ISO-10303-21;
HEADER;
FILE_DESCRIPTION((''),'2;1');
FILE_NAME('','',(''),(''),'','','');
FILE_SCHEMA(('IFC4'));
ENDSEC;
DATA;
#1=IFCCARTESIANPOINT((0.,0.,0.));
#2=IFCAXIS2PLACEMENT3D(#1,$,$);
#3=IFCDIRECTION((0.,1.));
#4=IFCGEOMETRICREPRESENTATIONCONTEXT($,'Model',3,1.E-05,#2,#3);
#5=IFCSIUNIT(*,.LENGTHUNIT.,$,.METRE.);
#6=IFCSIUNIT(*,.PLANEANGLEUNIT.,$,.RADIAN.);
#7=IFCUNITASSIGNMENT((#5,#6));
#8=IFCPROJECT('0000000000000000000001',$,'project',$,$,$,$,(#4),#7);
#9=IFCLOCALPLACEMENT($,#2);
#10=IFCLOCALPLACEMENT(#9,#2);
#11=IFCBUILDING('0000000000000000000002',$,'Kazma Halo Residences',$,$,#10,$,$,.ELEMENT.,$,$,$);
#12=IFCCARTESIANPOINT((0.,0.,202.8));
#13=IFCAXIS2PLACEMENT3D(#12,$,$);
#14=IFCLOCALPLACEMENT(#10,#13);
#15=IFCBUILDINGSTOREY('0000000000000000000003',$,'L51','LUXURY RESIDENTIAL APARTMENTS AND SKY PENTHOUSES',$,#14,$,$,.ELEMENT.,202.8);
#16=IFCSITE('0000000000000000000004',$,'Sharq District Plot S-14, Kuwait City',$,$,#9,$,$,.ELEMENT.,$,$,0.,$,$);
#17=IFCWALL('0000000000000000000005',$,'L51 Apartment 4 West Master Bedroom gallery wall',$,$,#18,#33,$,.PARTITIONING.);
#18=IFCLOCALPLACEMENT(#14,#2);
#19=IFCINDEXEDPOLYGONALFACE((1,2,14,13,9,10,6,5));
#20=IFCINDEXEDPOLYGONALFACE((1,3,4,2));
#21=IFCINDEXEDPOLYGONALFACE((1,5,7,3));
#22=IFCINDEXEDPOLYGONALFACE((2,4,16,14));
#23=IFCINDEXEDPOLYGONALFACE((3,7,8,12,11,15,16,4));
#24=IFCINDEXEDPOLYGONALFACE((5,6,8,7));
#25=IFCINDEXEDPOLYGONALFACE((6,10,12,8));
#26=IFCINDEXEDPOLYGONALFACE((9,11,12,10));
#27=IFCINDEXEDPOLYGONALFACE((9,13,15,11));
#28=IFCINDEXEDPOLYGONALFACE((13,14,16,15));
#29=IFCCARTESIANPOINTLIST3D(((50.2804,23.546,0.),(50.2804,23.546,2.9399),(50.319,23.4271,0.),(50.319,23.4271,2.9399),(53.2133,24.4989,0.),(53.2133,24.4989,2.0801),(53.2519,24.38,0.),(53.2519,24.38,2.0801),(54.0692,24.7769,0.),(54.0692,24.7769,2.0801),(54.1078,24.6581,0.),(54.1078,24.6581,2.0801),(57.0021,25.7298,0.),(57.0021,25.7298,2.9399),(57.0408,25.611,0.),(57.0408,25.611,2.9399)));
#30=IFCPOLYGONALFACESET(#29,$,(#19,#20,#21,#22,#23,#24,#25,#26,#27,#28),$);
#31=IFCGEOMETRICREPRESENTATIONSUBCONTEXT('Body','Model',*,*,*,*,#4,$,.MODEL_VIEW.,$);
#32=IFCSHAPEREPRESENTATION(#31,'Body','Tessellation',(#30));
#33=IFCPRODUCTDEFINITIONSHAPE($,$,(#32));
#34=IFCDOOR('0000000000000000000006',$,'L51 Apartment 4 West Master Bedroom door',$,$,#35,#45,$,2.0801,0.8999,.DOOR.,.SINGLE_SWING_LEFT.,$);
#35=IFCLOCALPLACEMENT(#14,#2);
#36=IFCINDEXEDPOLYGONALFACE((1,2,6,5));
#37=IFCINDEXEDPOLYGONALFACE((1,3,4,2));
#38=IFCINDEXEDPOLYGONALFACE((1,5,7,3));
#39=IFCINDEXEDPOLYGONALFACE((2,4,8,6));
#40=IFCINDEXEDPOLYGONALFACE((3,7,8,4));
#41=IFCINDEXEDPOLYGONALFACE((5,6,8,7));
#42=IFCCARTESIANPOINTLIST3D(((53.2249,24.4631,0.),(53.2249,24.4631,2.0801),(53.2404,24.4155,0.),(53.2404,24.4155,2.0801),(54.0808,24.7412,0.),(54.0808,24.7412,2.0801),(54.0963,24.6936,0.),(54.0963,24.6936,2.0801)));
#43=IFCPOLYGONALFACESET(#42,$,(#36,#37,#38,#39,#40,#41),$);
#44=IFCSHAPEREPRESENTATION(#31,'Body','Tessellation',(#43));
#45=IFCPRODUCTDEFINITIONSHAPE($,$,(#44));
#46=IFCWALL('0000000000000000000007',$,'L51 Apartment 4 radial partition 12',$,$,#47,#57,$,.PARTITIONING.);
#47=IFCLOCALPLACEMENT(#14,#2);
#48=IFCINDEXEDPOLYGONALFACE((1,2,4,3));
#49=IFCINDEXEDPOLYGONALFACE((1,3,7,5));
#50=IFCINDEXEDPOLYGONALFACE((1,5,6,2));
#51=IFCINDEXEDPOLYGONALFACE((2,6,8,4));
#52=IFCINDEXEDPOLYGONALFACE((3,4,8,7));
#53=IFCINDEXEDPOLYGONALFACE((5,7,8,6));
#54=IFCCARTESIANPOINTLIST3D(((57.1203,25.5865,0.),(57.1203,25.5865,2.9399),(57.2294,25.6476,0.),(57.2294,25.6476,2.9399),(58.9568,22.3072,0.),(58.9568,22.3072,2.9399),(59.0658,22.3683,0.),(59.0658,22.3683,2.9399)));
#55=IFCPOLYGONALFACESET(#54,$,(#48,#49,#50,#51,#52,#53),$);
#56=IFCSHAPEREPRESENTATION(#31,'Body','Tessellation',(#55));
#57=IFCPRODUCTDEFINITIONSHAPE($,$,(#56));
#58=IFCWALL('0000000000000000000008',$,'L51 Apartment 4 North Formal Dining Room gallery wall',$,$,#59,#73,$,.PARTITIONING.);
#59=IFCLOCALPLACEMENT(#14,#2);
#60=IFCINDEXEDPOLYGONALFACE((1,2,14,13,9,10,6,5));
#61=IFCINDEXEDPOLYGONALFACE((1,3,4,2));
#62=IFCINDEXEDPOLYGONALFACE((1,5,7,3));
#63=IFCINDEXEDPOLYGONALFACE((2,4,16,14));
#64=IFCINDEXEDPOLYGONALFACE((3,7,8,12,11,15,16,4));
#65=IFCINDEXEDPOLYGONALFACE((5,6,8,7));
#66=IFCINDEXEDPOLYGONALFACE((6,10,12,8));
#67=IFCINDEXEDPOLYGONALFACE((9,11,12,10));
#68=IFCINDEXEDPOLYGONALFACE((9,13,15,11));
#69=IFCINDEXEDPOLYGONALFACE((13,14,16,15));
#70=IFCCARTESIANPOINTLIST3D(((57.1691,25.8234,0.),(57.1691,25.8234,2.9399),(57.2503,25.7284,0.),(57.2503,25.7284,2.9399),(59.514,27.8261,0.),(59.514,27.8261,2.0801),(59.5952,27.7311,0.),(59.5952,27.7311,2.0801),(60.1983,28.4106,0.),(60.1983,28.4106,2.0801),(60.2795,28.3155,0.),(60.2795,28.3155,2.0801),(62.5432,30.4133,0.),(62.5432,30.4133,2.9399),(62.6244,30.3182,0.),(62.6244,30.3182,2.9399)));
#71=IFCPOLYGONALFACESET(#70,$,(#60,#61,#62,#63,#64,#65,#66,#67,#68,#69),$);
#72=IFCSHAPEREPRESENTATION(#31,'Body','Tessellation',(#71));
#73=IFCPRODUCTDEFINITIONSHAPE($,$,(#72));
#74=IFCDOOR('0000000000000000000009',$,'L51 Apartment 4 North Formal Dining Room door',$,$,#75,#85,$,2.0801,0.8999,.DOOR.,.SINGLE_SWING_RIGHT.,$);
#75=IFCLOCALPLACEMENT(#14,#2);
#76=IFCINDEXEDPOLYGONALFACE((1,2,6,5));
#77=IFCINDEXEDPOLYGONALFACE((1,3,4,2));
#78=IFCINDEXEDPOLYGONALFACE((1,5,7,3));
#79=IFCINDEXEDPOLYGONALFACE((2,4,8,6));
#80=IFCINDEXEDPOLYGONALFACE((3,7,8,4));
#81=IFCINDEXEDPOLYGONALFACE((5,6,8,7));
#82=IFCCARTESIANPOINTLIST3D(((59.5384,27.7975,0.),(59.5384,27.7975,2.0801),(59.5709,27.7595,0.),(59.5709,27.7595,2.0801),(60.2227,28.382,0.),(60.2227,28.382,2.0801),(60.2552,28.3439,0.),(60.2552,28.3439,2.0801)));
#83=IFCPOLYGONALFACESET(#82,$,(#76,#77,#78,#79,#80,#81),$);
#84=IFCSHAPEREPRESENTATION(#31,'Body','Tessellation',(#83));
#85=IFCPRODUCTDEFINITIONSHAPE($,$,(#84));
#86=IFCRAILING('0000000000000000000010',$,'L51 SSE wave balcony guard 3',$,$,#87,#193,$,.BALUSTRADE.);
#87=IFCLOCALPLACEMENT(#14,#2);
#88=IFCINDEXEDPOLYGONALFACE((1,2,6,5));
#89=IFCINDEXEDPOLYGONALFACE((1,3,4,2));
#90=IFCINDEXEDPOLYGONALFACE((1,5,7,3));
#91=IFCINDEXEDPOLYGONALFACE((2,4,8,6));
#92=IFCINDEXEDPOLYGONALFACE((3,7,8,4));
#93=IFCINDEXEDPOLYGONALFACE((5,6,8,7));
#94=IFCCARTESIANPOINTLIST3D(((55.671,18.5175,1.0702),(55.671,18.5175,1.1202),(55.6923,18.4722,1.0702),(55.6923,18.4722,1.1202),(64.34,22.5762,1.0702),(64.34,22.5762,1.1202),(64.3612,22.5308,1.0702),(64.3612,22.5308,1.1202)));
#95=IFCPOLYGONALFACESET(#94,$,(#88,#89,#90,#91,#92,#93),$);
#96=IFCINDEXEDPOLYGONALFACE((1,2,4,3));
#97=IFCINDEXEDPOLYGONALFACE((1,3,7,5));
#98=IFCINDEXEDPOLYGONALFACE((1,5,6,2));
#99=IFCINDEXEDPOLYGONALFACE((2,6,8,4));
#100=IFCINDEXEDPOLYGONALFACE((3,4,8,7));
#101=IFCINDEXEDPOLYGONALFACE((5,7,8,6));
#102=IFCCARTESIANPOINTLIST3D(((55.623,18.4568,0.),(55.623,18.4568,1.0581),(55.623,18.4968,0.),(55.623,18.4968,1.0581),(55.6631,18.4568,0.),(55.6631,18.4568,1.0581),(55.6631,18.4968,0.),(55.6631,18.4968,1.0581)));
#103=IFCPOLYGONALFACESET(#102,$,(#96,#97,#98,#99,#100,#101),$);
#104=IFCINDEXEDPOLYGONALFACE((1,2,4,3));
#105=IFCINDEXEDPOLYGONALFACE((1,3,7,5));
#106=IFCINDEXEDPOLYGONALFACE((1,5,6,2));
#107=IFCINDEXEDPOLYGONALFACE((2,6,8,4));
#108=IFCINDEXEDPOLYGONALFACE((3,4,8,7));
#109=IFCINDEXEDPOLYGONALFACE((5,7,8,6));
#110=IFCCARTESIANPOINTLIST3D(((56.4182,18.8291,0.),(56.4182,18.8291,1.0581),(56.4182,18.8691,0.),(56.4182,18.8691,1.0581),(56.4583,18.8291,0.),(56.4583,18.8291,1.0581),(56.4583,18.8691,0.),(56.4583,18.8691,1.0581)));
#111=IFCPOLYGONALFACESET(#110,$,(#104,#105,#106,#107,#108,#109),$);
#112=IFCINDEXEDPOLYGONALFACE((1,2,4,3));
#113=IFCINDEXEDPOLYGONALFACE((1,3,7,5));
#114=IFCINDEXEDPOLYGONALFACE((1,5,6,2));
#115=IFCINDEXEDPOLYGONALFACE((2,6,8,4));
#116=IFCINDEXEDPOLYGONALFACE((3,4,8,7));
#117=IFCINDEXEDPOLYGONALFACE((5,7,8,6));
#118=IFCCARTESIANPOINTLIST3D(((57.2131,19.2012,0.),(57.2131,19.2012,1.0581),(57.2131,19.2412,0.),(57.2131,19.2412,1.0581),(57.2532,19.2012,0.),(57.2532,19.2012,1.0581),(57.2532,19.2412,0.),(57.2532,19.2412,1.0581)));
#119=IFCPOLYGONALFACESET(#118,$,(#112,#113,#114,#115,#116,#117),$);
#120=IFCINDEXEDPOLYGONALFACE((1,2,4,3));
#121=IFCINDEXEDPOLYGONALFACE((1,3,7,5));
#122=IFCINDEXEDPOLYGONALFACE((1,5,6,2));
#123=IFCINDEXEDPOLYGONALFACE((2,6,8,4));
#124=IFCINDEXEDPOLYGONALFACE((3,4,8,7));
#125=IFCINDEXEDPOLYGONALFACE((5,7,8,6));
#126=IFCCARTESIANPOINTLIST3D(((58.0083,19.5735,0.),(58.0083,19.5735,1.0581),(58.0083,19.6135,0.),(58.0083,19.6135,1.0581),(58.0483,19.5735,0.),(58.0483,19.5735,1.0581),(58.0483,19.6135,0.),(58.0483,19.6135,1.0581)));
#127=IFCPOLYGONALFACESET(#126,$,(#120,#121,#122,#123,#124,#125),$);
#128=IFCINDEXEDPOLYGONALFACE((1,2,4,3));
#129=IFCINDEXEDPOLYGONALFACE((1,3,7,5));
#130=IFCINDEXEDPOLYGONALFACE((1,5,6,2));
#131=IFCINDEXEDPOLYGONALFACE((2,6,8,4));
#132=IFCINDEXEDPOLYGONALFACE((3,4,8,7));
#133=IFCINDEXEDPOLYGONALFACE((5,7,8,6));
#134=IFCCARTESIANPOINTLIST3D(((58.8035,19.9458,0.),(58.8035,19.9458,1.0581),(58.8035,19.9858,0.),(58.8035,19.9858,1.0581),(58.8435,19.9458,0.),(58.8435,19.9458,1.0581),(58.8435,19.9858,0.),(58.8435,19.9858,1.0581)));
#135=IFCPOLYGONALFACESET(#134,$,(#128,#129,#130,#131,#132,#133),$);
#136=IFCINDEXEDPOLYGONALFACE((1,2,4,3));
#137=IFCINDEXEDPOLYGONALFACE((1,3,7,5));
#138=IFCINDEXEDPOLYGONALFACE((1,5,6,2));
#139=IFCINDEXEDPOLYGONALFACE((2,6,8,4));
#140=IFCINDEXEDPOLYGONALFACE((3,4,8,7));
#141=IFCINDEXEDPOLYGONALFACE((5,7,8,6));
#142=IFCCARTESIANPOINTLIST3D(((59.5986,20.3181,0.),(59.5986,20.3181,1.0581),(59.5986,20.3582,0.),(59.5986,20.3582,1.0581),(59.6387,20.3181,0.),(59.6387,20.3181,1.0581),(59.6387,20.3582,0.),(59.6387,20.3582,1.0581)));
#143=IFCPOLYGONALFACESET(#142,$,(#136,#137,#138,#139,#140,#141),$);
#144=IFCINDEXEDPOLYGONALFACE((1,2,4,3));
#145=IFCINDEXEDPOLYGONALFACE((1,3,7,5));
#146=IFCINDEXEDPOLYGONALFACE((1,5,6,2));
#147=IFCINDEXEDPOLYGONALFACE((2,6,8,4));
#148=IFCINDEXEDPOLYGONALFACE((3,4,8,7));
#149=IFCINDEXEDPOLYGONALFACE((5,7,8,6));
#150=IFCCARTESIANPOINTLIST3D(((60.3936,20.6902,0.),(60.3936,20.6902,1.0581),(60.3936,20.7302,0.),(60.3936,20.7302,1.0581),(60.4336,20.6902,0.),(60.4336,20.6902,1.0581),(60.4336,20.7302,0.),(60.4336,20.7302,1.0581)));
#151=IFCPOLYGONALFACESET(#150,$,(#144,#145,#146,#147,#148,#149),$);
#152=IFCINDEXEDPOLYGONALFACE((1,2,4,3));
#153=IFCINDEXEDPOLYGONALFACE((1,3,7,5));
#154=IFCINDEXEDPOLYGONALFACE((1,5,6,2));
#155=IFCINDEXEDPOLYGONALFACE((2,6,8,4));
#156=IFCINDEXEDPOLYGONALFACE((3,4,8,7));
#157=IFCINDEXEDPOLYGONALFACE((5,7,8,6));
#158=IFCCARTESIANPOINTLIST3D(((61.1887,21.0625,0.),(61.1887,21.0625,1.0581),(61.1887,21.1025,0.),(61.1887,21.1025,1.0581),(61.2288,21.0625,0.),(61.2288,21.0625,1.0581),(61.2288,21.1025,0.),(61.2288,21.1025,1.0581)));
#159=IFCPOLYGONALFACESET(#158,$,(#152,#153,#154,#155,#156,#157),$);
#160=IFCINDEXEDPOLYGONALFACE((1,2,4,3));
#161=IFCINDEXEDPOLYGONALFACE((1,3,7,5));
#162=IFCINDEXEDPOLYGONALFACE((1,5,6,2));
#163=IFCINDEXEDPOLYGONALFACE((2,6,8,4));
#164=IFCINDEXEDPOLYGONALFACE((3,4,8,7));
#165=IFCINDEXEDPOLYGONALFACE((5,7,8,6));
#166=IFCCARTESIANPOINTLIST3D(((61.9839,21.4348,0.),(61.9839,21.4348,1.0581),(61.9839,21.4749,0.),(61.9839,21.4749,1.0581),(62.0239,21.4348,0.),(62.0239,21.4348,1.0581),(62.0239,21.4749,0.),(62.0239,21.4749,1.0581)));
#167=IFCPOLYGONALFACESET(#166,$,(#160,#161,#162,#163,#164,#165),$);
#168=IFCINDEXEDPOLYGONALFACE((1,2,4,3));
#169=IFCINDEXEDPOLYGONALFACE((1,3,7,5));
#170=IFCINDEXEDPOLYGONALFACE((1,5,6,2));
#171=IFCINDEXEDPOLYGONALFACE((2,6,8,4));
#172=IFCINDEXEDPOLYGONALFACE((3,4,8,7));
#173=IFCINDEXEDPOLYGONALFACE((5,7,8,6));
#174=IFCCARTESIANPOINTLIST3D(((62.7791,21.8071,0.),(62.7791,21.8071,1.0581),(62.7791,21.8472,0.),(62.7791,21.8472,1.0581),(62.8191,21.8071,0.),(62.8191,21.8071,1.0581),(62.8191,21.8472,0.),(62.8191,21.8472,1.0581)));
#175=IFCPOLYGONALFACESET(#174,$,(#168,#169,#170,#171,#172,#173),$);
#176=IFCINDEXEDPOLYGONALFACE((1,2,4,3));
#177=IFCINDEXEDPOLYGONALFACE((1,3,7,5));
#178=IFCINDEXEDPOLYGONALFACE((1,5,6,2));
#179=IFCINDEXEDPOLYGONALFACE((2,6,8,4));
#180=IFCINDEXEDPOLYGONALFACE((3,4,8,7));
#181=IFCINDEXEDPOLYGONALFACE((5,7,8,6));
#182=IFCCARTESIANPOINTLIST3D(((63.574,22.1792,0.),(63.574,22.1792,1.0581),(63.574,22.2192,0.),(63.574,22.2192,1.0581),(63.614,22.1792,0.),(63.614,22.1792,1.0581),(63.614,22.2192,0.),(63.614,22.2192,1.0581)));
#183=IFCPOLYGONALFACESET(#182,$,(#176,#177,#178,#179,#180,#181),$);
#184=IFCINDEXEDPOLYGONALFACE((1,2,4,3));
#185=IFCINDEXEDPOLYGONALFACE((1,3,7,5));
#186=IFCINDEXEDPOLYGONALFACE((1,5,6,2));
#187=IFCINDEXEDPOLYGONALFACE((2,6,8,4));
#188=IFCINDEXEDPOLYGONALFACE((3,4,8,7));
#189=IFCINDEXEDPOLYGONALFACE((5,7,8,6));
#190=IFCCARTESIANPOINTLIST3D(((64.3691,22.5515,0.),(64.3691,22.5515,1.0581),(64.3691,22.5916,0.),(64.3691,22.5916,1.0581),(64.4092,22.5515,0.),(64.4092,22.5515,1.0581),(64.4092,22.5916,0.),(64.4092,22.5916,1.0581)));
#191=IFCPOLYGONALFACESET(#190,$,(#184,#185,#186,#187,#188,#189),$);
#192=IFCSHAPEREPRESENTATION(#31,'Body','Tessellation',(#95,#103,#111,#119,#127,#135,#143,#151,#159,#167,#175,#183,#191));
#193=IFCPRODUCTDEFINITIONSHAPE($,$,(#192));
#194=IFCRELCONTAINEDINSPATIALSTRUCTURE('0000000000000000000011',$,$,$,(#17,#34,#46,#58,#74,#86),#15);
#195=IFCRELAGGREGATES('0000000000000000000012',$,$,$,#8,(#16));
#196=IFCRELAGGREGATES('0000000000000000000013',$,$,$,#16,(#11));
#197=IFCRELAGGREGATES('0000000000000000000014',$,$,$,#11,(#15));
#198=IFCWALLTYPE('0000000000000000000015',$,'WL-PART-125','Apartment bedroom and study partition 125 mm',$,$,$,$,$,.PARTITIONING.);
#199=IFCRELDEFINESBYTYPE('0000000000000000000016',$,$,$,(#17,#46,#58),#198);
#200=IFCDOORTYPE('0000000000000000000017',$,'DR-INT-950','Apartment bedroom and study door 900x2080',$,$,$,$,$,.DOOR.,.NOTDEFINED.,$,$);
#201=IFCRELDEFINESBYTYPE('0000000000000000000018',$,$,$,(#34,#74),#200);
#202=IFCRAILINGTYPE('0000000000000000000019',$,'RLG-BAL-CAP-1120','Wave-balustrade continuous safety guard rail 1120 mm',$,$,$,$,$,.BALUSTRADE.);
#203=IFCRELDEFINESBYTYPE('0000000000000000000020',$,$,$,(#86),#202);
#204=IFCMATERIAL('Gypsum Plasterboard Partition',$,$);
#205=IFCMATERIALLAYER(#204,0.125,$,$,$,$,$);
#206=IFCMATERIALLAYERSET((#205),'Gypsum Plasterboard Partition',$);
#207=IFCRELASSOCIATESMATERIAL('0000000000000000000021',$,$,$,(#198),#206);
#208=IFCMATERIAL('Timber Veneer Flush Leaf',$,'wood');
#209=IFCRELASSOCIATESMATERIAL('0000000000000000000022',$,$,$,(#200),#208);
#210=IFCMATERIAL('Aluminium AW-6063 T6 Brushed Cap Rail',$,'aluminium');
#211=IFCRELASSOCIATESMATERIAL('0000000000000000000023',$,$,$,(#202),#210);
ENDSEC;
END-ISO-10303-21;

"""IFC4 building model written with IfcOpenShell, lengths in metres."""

from ifc_helpers import new_model, si_unit, direction, frame, frame_2d, origin, origin_2d, place, context, subcontext, project, spatial, rectangle, extrude, material, layer, layer_set, type_object, element, fill, save


model = new_model("IFC4")

# Units and contexts
model_context = context("Model", 3, precision=1e-05, world=origin(), true_north=direction((0.0, 1.0)))
body_context = subcontext(model_context, "Body", "Model", "MODEL_VIEW")
ifc_project = project(units=[si_unit("LENGTHUNIT", "METRE"), si_unit("PLANEANGLEUNIT", "RADIAN")], contexts=[model_context])

# Site, building, storey
site_placement = place(None, origin())
site = spatial("IfcSite", under=ifc_project, at=site_placement, Name="Sharq District Plot S-14, Kuwait City", CompositionType="ELEMENT", RefElevation=0.0)
building_placement = place(site_placement, origin())
building = spatial("IfcBuilding", under=site, at=building_placement, Name="Kazma Halo Residences", CompositionType="ELEMENT")
storey_placement = place(building_placement, frame((0.0, 0.0, 202.8)))
storey = spatial("IfcBuildingStorey", under=building, at=storey_placement, Name="L51", Description="LUXURY RESIDENTIAL APARTMENTS AND SKY PENTHOUSES", CompositionType="ELEMENT", Elevation=202.8)

# Shared definitions
ifc_material_1 = material(Name="Gypsum Plasterboard Partition")
ifc_layer_1 = layer(ifc_material_1, 0.125)
ifc_layer_set_1 = layer_set([ifc_layer_1], Name="Gypsum Plasterboard Partition")
wall_type_1 = type_object("IfcWallType", Name="WL-PART-125", Description="Apartment bedroom and study partition 125 mm", PredefinedType="PARTITIONING", material=ifc_layer_set_1)

# Wall, opening, door
wall_1_placement = place(storey_placement, frame((50.2998, 23.4866, 0.0), z_axis=(0.0, 0.0, 1.0), x_axis=(0.951064, 0.308995, 0.0)))
wall_1 = element("IfcWall", 1, at=wall_1_placement, inside=storey, type_object=wall_type_1, Name="L51 Apartment 4 West Master Bedroom gallery wall", PredefinedType="PARTITIONING", context=body_context, shape_type="SweptSolid", body=[
    extrude(rectangle(XDim=7.0676, YDim=0.125, at=frame_2d((3.5337, 0.0))), origin(), (0.0, 0.0, 1.0), 2.9399),
])
opening_1_placement = place(wall_1_placement, frame((3.0837, 0.0, 0.0)))
opening_1 = element("IfcOpeningElement", 2, at=opening_1_placement, cuts=wall_1, PredefinedType="OPENING", context=body_context, shape_type="SweptSolid", body=[
    extrude(rectangle(XDim=0.8999, YDim=2.0801, at=frame_2d((0.45, 1.04))), frame((0.0, 0.0725, 0.0), z_axis=(0.0, -1.0, 0.0), x_axis=(1.0, 0.0, 0.0)), (0.0, 0.0, 1.0), 0.145),
])
ifc_material_2 = material(Name="Timber Veneer Flush Leaf", Category="wood")
door_type_1 = type_object("IfcDoorType", Name="DR-INT-950", Description="Apartment bedroom and study door 900x2080", OperationType="NOTDEFINED", PredefinedType="DOOR", material=ifc_material_2)
door_1_placement = place(opening_1_placement, origin())
door_1 = element("IfcDoor", 3, at=door_1_placement, inside=storey, type_object=door_type_1, Name="L51 Apartment 4 West Master Bedroom door", OperationType="SINGLE_SWING_LEFT", OverallHeight=2.0801, OverallWidth=0.8999, PredefinedType="DOOR", context=body_context, shape_type="SweptSolid", body=[
    extrude(rectangle(XDim=0.8999, YDim=2.0801, at=frame_2d((0.45, 1.04))), frame((0.0, 0.0249, 0.0), z_axis=(0.0, -1.0, 0.0), x_axis=(1.0, 0.0, 0.0)), (0.0, 0.0, 1.0), 0.05),
])
fill(opening_1, door_1)

# Wall
wall_2_placement = place(storey_placement, frame((57.1748, 25.6172, 0.0), z_axis=(0.0, 0.0, 1.0), x_axis=(0.488607, -0.872504, 0.0)))
element("IfcWall", 4, at=wall_2_placement, inside=storey, type_object=wall_type_1, Name="L51 Apartment 4 radial partition 12", PredefinedType="PARTITIONING", context=body_context, shape_type="SweptSolid", body=[
    extrude(rectangle(XDim=3.7585, YDim=0.125, at=frame_2d((1.8794, 0.0))), origin(), (0.0, 0.0, 1.0), 2.9399),
])

# Wall, opening, door
wall_3_placement = place(storey_placement, frame((57.2097, 25.7759, 0.0), z_axis=(0.0, 0.0, 1.0), x_axis=(0.760406, 0.649448, 0.0)))
wall_3 = element("IfcWall", 5, at=wall_3_placement, inside=storey, type_object=wall_type_1, Name="L51 Apartment 4 North Formal Dining Room gallery wall", PredefinedType="PARTITIONING", context=body_context, shape_type="SweptSolid", body=[
    extrude(rectangle(XDim=7.0674, YDim=0.125, at=frame_2d((3.5337, 0.0))), origin(), (0.0, 0.0, 1.0), 2.9399),
])
opening_2_placement = place(wall_3_placement, frame((3.0837, 0.0, 0.0)))
opening_2 = element("IfcOpeningElement", 6, at=opening_2_placement, cuts=wall_3, PredefinedType="OPENING", context=body_context, shape_type="SweptSolid", body=[
    extrude(rectangle(XDim=0.8999, YDim=2.0801, at=frame_2d((0.45, 1.04))), frame((0.0, 0.0725, 0.0), z_axis=(0.0, -1.0, 0.0), x_axis=(1.0, 0.0, 0.0)), (0.0, 0.0, 1.0), 0.145),
])
door_2_placement = place(opening_2_placement, origin())
door_2 = element("IfcDoor", 7, at=door_2_placement, inside=storey, type_object=door_type_1, Name="L51 Apartment 4 North Formal Dining Room door", OperationType="SINGLE_SWING_RIGHT", OverallHeight=2.0801, OverallWidth=0.8999, PredefinedType="DOOR", context=body_context, shape_type="SweptSolid", body=[
    extrude(rectangle(XDim=0.8999, YDim=2.0801, at=frame_2d((0.45, 1.04))), frame((0.0, 0.0249, 0.0), z_axis=(0.0, -1.0, 0.0), x_axis=(1.0, 0.0, 0.0)), (0.0, 0.0, 1.0), 0.05),
])
fill(opening_2, door_2)

# Railing
ifc_material_3 = material(Name="Aluminium AW-6063 T6 Brushed Cap Rail", Category="aluminium")
railing_type = type_object("IfcRailingType", Name="RLG-BAL-CAP-1120", Description="Wave-balustrade continuous safety guard rail 1120 mm", PredefinedType="BALUSTRADE", material=ifc_material_3)
railing_placement = place(storey_placement, frame((55.6431, 18.4768, 0.0)))
element("IfcRailing", 8, at=railing_placement, inside=storey, type_object=railing_type, Name="L51 SSE wave balcony guard 3", PredefinedType="BALUSTRADE", context=body_context, shape_type="SweptSolid", body=[
    extrude(rectangle(XDim=0.05, YDim=0.05, at=origin_2d()), frame((0.0386, 0.0181, 1.0952), z_axis=(0.905658, 0.424009, 0.0), x_axis=(-0.424009, 0.905658, 0.0)), (0.0, 0.0, 1.0), 9.572),
    extrude(rectangle(XDim=0.04, YDim=0.04, at=origin_2d()), origin(), (0.0, 0.0, 1.0), 1.0581),
    extrude(rectangle(XDim=0.04, YDim=0.04, at=origin_2d()), frame((0.7952, 0.3723, 0.0)), (0.0, 0.0, 1.0), 1.0581),
    extrude(rectangle(XDim=0.04, YDim=0.04, at=origin_2d()), frame((1.5901, 0.7444, 0.0)), (0.0, 0.0, 1.0), 1.0581),
    extrude(rectangle(XDim=0.04, YDim=0.04, at=origin_2d()), frame((2.3853, 1.1167, 0.0)), (0.0, 0.0, 1.0), 1.0581),
    extrude(rectangle(XDim=0.04, YDim=0.04, at=origin_2d()), frame((3.1804, 1.489, 0.0)), (0.0, 0.0, 1.0), 1.0581),
    extrude(rectangle(XDim=0.04, YDim=0.04, at=origin_2d()), frame((3.9756, 1.8613, 0.0)), (0.0, 0.0, 1.0), 1.0581),
    extrude(rectangle(XDim=0.04, YDim=0.04, at=origin_2d()), frame((4.7705, 2.2334, 0.0)), (0.0, 0.0, 1.0), 1.0581),
    extrude(rectangle(XDim=0.04, YDim=0.04, at=origin_2d()), frame((5.5657, 2.6057, 0.0)), (0.0, 0.0, 1.0), 1.0581),
    extrude(rectangle(XDim=0.04, YDim=0.04, at=origin_2d()), frame((6.3608, 2.978, 0.0)), (0.0, 0.0, 1.0), 1.0581),
    extrude(rectangle(XDim=0.04, YDim=0.04, at=origin_2d()), frame((7.156, 3.3503, 0.0)), (0.0, 0.0, 1.0), 1.0581),
    extrude(rectangle(XDim=0.04, YDim=0.04, at=origin_2d()), frame((7.9509, 3.7224, 0.0)), (0.0, 0.0, 1.0), 1.0581),
    extrude(rectangle(XDim=0.04, YDim=0.04, at=origin_2d()), frame((8.7461, 4.0947, 0.0)), (0.0, 0.0, 1.0), 1.0581),
])

save(model, "model.ifc")
